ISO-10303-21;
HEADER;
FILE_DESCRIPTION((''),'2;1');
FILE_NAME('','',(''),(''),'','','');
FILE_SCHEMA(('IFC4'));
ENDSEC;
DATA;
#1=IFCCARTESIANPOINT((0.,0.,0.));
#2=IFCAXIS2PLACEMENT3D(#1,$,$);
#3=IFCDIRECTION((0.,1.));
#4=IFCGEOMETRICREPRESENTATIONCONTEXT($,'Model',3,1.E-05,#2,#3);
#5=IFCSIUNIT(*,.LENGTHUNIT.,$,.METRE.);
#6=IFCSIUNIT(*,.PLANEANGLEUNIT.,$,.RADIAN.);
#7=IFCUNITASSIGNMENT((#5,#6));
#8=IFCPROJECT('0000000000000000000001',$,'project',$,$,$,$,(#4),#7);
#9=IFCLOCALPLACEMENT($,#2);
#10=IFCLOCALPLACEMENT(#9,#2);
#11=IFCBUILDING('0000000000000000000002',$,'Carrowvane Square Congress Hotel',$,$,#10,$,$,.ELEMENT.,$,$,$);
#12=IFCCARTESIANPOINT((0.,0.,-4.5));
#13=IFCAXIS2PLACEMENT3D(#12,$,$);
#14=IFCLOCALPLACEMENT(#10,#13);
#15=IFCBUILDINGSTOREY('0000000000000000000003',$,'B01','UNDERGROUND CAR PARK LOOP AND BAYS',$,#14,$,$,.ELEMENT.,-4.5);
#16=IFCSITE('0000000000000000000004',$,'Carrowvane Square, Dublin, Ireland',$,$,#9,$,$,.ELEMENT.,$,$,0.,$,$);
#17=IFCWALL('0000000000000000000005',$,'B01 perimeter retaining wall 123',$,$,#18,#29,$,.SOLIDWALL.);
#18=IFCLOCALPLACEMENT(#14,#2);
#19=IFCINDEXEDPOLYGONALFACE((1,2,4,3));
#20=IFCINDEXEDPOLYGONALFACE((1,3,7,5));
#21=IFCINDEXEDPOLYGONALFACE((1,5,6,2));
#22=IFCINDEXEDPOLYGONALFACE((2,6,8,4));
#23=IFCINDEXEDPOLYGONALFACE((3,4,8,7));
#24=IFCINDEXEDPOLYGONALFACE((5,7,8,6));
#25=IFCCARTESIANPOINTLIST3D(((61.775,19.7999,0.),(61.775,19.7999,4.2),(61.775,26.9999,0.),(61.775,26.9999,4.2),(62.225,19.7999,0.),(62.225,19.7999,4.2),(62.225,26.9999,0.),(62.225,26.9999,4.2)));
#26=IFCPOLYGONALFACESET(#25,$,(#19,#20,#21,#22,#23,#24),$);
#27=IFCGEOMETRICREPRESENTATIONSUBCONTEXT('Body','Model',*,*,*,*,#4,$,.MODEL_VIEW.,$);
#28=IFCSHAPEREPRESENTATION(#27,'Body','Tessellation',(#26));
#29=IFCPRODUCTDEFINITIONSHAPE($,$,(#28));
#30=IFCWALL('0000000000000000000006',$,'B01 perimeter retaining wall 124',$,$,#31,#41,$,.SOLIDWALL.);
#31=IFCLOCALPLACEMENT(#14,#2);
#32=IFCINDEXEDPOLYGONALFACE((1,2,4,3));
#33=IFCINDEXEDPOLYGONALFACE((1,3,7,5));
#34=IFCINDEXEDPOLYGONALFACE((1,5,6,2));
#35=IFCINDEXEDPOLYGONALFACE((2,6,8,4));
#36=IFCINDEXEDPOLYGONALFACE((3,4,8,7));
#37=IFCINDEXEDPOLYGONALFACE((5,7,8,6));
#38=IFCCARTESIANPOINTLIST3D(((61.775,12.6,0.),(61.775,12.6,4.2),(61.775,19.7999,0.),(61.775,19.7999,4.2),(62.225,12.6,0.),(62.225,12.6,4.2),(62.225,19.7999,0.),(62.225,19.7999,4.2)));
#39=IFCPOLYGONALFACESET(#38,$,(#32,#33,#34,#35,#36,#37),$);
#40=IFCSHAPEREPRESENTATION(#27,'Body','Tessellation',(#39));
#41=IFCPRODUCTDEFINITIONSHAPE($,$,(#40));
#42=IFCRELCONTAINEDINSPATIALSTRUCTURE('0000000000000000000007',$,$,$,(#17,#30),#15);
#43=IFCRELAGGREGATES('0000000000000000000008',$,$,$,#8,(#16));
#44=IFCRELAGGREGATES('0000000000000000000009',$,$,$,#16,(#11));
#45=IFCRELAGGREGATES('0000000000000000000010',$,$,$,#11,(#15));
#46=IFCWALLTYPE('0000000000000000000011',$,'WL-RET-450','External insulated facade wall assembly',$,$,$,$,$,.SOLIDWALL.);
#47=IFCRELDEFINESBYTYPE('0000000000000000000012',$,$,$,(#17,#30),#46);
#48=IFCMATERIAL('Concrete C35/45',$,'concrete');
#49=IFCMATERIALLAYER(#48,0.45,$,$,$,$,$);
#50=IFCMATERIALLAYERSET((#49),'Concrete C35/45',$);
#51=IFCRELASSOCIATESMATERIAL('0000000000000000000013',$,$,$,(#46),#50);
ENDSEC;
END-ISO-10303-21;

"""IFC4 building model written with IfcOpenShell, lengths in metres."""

from ifc_helpers import new_model, si_unit, direction, frame, frame_2d, origin, place, context, subcontext, project, spatial, rectangle, extrude, material, layer, layer_set, type_object, element, save


model = new_model("IFC4")

# Units and contexts
model_context = context("Model", 3, precision=1e-05, world=origin(), true_north=direction((0.0, 1.0)))
body_context = subcontext(model_context, "Body", "Model", "MODEL_VIEW")
ifc_project = project(units=[si_unit("LENGTHUNIT", "METRE"), si_unit("PLANEANGLEUNIT", "RADIAN")], contexts=[model_context])

# Site, building, storey
site_placement = place(None, origin())
site = spatial("IfcSite", under=ifc_project, at=site_placement, Name="Carrowvane Square, Dublin, Ireland", CompositionType="ELEMENT", RefElevation=0.0)
building_placement = place(site_placement, origin())
building = spatial("IfcBuilding", under=site, at=building_placement, Name="Carrowvane Square Congress Hotel", CompositionType="ELEMENT")
storey_placement = place(building_placement, frame((0.0, 0.0, -4.5)))
storey = spatial("IfcBuildingStorey", under=building, at=storey_placement, Name="B01", Description="UNDERGROUND CAR PARK LOOP AND BAYS", CompositionType="ELEMENT", Elevation=-4.5)

# Walls
ifc_material_1 = material(Name="Concrete C35/45", Category="concrete")
ifc_layer = layer(ifc_material_1, 0.45)
ifc_layer_set = layer_set([ifc_layer], Name="Concrete C35/45")
wall_type = type_object("IfcWallType", Name="WL-RET-450", Description="External insulated facade wall assembly", PredefinedType="SOLIDWALL", material=ifc_layer_set)
for number, where, z_axis, x_axis, name in (
    (1, (62.0, 27.0, 0.0), (0.0, 0.0, 1.0), (0.0, -1.0, 0.0), "B01 perimeter retaining wall 123"),
    (2, (62.0, 19.8, 0.0), (0.0, 0.0, 1.0), (0.0, -1.0, 0.0), "B01 perimeter retaining wall 124"),
):
    element("IfcWall", number, at=place(storey_placement, frame(where, z_axis=z_axis, x_axis=x_axis)), inside=storey, type_object=wall_type, Name=name, PredefinedType="SOLIDWALL", context=body_context, shape_type="SweptSolid", body=[
        extrude(rectangle(XDim=7.2, YDim=0.45, at=frame_2d((3.6001, 0.0))), origin(), (0.0, 0.0, 1.0), 4.2),
    ])

save(model, "model.ifc")
